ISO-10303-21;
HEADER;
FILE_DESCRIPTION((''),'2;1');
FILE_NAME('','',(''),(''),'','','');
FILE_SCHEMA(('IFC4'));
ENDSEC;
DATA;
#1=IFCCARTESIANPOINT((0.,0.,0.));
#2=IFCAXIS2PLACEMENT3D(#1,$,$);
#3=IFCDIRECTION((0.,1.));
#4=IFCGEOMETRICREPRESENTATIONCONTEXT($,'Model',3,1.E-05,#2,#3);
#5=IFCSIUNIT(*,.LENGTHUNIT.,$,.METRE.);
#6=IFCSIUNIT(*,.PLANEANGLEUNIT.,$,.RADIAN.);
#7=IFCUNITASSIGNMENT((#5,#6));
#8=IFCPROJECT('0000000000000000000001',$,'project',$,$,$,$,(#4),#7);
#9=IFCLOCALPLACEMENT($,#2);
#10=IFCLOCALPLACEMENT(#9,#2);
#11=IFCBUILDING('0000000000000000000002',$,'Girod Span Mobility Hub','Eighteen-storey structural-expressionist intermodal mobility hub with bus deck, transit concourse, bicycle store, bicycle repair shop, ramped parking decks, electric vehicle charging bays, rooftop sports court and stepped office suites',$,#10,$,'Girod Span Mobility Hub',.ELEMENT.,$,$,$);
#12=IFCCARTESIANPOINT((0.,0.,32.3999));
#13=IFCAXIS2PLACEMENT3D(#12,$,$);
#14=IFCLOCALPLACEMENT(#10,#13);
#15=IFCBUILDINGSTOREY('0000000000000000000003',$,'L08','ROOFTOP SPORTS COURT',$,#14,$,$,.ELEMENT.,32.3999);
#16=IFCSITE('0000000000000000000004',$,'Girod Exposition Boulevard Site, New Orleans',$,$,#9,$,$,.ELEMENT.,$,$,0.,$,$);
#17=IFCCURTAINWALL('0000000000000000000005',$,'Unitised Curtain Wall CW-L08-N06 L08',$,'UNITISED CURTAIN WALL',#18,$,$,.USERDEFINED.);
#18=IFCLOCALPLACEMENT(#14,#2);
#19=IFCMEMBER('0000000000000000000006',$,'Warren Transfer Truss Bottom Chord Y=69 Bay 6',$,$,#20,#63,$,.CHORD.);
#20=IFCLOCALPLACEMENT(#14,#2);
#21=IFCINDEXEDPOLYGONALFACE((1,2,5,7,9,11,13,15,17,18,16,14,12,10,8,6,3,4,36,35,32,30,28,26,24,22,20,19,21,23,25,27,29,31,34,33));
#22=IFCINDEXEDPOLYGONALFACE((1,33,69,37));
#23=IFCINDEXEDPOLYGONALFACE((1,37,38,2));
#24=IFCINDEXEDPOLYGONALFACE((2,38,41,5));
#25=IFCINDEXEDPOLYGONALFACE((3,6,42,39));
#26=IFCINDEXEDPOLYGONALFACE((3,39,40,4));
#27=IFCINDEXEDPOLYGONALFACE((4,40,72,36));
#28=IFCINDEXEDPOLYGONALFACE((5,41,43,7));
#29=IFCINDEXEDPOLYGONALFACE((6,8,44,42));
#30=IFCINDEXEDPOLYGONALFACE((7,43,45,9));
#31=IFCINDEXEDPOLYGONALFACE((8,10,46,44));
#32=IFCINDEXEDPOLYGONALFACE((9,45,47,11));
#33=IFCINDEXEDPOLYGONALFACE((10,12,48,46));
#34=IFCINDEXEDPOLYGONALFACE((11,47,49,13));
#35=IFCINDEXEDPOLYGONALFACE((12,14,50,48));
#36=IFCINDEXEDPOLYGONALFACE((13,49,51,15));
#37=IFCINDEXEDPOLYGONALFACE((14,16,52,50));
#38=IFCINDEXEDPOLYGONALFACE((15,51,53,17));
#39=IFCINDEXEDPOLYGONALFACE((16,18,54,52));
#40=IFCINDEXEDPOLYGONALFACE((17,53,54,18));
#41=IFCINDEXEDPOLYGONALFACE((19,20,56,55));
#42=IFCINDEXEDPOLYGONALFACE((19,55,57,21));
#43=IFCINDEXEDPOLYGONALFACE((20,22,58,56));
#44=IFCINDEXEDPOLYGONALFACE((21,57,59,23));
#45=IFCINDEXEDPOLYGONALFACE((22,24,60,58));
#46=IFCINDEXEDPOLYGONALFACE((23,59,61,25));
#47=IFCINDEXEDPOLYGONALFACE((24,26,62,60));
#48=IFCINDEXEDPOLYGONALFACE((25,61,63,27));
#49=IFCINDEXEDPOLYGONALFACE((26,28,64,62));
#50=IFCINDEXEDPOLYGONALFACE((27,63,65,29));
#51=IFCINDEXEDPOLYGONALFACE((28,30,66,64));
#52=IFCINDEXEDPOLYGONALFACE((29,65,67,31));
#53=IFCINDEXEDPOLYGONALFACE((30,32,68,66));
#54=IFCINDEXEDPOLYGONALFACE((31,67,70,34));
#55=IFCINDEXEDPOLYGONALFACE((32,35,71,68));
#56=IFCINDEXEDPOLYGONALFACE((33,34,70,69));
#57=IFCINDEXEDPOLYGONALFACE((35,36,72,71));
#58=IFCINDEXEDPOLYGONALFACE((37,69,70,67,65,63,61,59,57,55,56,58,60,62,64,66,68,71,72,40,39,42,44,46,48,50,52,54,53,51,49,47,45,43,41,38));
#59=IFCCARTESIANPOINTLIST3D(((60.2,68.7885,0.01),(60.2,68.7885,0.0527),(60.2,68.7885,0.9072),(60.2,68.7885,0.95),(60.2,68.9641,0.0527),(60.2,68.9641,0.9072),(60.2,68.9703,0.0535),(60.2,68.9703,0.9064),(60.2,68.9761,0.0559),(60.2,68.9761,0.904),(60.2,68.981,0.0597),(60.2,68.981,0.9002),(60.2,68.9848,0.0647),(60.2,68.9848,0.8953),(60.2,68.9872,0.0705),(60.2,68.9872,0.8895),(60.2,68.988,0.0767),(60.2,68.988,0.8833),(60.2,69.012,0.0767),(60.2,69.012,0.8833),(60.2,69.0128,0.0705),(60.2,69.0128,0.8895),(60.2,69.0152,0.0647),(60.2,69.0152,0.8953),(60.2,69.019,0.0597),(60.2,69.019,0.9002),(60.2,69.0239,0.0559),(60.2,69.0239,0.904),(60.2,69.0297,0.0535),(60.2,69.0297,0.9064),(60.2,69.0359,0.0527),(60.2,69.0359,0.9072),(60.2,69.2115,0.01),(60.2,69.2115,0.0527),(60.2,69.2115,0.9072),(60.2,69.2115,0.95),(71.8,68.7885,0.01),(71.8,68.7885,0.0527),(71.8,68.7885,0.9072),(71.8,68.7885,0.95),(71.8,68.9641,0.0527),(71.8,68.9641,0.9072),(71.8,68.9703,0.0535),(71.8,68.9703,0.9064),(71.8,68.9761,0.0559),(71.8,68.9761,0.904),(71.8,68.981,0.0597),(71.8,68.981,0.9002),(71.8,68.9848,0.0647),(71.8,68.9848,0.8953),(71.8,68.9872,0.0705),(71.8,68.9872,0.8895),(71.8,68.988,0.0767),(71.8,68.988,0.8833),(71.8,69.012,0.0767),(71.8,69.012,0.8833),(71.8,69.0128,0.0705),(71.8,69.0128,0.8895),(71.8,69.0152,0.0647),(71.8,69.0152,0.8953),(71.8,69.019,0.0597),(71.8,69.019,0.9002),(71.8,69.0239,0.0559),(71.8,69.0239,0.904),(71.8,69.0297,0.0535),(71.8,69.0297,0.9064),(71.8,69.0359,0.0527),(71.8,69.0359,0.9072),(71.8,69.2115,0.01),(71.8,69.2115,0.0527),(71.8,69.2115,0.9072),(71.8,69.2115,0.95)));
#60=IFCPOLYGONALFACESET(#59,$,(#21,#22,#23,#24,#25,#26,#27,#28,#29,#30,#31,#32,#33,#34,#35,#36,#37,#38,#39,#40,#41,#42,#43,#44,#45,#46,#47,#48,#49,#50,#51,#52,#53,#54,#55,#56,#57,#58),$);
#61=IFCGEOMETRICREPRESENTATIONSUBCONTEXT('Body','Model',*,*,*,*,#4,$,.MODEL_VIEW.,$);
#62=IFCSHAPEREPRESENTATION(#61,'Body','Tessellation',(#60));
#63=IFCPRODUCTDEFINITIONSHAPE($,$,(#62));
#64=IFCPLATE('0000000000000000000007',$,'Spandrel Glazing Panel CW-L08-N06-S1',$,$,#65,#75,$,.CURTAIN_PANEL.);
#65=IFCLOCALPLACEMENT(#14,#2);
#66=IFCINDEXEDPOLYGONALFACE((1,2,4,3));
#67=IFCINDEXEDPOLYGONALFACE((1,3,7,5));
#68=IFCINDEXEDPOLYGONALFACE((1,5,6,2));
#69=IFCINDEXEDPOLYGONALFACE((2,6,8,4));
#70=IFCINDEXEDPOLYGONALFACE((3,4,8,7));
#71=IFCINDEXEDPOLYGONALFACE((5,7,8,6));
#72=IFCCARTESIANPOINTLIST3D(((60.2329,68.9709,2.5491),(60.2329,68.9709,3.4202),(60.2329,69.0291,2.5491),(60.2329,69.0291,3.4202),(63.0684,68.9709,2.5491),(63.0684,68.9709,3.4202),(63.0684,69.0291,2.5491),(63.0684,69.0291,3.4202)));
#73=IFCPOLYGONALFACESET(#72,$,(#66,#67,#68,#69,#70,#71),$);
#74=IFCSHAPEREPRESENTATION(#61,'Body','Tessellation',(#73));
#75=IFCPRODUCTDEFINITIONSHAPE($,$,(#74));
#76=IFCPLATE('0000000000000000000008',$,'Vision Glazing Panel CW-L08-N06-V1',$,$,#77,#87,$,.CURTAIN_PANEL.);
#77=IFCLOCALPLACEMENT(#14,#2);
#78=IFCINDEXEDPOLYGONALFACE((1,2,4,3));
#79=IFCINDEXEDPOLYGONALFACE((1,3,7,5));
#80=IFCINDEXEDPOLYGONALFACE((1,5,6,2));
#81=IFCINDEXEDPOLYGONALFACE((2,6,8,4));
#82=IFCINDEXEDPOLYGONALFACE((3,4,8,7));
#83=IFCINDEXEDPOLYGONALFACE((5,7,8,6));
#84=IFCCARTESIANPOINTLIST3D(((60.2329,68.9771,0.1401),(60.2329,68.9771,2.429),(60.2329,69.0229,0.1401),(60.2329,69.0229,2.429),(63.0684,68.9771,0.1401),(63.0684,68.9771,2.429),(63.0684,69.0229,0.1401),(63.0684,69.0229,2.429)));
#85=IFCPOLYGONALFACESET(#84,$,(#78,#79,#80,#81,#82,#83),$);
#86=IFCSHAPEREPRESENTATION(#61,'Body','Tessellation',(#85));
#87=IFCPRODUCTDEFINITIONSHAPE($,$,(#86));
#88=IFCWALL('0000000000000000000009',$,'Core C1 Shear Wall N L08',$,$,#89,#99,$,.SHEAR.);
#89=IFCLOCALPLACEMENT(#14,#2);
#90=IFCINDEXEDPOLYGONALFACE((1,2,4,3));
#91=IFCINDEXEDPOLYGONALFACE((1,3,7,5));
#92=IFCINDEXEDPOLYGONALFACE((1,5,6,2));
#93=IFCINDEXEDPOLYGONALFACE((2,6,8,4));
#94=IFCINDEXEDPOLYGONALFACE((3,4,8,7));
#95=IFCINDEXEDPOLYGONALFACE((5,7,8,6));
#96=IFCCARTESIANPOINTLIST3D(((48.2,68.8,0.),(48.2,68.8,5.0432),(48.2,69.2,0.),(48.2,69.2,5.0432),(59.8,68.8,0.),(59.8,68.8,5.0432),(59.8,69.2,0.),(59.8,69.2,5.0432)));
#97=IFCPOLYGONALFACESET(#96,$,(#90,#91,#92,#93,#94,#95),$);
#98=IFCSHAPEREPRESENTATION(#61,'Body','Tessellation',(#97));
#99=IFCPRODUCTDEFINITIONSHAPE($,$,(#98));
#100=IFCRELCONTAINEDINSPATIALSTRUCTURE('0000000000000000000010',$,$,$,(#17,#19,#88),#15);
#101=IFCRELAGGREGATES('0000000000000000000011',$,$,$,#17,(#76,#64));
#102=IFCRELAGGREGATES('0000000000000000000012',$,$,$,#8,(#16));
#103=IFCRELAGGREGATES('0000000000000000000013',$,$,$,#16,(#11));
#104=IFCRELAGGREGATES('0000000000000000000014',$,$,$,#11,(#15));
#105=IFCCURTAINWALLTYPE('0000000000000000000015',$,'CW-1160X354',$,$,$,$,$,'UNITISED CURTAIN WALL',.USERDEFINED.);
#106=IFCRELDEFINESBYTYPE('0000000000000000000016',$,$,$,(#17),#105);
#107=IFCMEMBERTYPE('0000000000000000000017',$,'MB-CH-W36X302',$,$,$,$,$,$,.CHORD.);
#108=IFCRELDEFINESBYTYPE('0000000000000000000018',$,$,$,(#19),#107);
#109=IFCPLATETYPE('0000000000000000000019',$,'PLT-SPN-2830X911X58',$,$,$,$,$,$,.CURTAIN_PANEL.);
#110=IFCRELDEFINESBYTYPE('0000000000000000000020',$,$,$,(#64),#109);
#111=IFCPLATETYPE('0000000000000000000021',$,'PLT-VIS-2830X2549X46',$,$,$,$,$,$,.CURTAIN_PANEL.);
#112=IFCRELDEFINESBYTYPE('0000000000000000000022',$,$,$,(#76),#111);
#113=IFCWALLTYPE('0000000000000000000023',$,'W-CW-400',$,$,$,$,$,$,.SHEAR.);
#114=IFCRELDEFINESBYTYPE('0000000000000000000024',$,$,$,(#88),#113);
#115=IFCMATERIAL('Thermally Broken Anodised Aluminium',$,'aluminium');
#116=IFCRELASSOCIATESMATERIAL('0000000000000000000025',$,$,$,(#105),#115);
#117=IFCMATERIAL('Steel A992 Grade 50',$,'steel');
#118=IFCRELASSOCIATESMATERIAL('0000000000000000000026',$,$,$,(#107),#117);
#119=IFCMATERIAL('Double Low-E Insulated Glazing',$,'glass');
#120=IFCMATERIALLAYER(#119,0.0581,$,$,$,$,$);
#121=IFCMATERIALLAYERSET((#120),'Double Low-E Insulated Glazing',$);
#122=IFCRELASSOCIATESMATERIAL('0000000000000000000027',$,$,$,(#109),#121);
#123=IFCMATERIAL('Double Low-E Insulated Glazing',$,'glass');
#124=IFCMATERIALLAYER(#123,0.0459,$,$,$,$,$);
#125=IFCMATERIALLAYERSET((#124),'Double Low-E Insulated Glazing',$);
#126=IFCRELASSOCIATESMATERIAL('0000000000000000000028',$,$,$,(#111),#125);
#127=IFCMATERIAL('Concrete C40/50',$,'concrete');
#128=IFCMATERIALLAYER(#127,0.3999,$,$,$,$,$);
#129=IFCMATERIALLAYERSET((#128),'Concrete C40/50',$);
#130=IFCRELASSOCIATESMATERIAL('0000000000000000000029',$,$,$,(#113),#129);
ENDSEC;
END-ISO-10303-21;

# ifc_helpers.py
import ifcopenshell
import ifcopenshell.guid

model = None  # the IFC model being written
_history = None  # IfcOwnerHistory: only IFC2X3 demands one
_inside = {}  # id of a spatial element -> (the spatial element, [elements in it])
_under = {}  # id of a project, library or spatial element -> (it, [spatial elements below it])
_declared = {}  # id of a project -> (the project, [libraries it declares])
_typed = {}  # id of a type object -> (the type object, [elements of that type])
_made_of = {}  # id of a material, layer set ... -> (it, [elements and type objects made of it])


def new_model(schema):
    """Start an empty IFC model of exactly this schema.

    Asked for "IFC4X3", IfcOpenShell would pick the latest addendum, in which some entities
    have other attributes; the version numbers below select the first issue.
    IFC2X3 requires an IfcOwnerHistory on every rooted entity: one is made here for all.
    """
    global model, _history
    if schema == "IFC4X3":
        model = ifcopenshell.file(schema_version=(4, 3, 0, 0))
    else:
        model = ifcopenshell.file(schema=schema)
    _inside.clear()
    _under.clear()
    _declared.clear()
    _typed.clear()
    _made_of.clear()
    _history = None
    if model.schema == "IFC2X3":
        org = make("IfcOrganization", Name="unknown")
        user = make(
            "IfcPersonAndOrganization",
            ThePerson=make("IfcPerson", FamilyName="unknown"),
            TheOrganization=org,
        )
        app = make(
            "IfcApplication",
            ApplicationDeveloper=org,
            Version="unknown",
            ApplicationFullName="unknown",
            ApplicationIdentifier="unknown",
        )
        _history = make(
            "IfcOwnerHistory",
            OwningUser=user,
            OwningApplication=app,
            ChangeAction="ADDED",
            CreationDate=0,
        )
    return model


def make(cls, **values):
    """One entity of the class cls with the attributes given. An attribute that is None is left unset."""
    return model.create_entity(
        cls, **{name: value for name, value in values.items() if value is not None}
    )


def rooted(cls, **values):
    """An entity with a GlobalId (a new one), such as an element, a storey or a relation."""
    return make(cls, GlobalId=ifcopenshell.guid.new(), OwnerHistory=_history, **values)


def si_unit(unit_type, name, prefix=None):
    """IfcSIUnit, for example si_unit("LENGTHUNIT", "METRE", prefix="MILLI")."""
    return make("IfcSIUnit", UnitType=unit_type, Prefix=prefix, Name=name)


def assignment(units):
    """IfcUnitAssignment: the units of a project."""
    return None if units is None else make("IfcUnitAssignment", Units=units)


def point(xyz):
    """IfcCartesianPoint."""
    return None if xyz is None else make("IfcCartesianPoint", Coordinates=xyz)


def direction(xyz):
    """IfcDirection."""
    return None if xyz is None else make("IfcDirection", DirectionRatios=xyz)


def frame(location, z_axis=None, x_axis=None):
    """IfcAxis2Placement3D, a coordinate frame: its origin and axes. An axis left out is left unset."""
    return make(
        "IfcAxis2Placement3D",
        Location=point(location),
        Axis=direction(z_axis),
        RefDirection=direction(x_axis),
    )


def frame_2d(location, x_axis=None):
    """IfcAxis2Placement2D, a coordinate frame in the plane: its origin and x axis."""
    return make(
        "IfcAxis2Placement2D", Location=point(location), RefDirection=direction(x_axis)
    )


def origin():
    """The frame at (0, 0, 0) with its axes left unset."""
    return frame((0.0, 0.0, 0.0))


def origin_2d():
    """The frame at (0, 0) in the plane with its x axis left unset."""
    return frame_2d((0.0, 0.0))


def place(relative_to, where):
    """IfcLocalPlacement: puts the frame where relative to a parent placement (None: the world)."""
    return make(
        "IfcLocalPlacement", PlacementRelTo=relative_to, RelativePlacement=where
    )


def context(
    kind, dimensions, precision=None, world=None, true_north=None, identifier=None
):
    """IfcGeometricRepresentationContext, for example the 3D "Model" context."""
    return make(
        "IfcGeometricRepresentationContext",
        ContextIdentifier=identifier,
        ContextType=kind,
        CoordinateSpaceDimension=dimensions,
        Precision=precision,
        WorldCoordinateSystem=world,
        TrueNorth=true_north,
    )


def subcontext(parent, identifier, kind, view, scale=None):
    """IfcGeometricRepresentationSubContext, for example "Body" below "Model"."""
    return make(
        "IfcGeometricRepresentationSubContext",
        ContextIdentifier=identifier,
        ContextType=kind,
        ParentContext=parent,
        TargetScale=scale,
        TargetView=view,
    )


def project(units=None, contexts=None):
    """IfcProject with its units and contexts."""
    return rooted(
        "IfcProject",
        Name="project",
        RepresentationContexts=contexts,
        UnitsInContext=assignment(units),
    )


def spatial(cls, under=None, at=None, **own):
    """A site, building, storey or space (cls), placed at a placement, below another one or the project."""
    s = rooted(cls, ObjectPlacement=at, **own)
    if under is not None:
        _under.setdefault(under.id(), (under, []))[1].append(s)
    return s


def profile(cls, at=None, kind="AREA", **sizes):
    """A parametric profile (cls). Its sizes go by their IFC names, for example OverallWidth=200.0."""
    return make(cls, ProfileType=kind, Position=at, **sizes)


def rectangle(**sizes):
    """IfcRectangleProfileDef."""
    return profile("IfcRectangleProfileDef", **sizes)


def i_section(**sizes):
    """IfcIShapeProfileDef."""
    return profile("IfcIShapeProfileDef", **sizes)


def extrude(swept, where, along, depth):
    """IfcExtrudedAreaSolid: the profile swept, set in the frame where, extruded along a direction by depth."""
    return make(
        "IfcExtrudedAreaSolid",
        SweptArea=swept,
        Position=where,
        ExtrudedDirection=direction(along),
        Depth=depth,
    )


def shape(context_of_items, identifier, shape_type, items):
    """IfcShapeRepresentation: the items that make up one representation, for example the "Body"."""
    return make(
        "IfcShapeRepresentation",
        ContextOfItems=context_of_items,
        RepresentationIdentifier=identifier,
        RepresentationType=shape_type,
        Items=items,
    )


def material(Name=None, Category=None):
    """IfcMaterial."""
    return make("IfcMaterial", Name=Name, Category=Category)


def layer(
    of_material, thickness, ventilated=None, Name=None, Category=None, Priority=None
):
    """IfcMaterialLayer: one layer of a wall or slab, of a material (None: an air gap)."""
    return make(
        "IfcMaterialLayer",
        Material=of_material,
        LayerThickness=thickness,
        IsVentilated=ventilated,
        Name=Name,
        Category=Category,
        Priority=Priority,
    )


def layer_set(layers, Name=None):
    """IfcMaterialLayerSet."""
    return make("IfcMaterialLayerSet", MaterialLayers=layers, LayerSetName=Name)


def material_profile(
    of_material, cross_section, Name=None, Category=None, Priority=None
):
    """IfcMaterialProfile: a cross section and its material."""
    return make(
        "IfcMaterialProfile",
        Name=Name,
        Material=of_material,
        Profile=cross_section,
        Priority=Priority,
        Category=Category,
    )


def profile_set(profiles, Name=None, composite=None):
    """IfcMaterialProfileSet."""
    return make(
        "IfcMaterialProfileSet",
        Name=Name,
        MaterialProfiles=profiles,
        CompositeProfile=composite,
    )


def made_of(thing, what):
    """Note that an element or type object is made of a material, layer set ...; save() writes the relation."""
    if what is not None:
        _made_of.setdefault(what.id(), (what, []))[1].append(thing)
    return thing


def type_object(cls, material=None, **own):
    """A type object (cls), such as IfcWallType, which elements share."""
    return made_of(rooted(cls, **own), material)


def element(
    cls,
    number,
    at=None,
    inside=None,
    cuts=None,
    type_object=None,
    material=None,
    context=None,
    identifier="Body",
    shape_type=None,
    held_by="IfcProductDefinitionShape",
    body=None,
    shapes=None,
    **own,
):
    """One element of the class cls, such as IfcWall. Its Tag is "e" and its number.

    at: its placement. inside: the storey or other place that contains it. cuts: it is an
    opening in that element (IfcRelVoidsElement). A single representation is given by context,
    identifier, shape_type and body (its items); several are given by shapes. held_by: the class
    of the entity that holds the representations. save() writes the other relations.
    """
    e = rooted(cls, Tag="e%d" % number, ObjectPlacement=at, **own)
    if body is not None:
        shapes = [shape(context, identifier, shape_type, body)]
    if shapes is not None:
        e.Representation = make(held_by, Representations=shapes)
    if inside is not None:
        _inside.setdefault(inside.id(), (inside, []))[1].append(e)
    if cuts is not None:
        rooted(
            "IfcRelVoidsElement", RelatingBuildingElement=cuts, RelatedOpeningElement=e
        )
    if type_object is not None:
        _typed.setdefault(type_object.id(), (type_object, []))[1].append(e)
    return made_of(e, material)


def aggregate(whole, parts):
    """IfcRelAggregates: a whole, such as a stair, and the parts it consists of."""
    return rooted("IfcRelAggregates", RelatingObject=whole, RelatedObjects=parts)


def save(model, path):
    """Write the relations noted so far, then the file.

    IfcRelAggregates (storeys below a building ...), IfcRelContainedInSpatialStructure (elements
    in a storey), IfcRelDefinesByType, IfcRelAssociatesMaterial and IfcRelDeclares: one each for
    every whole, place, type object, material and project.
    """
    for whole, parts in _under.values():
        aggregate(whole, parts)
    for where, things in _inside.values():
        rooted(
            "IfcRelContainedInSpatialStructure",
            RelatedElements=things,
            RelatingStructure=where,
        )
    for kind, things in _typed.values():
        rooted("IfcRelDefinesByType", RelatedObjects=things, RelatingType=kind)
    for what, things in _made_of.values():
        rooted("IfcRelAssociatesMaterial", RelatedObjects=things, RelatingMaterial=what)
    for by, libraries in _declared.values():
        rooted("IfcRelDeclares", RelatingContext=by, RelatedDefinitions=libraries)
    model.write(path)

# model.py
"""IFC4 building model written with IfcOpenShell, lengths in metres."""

from ifc_helpers import new_model, si_unit, direction, frame, frame_2d, origin, origin_2d, place, context, subcontext, project, spatial, rectangle, i_section, extrude, material, layer, layer_set, material_profile, profile_set, type_object, element, aggregate, save


model = new_model("IFC4")

# Units and contexts
model_context = context("Model", 3, precision=1e-05, world=origin(), true_north=direction((0.0, 1.0)))
body_context = subcontext(model_context, "Body", "Model", "MODEL_VIEW")
ifc_project = project(units=[si_unit("LENGTHUNIT", "METRE"), si_unit("PLANEANGLEUNIT", "RADIAN")], contexts=[model_context])

# Site, building, storey
site_placement = place(None, origin())
site = spatial("IfcSite", under=ifc_project, at=site_placement, Name="Girod Exposition Boulevard Site, New Orleans", CompositionType="ELEMENT", RefElevation=0.0)
building_placement = place(site_placement, origin())
building = spatial("IfcBuilding", under=site, at=building_placement, Name="Girod Span Mobility Hub", Description="Eighteen-storey structural-expressionist intermodal mobility hub with bus deck, transit concourse, bicycle store, bicycle repair shop, ramped parking decks, electric vehicle charging bays, rooftop sports court and stepped office suites", LongName="Girod Span Mobility Hub", CompositionType="ELEMENT")
storey_placement = place(building_placement, frame((0.0, 0.0, 32.3999)))
storey = spatial("IfcBuildingStorey", under=building, at=storey_placement, Name="L08", Description="ROOFTOP SPORTS COURT", CompositionType="ELEMENT", Elevation=32.3999)

# Curtain wall
ifc_material_1 = material(Name="Thermally Broken Anodised Aluminium", Category="aluminium")
curtain_wall_type = type_object("IfcCurtainWallType", Name="CW-1160X354", ElementType="UNITISED CURTAIN WALL", PredefinedType="USERDEFINED", material=ifc_material_1)
curtain_wall_placement = place(storey_placement, origin())
curtain_wall = element("IfcCurtainWall", 1, at=curtain_wall_placement, inside=storey, type_object=curtain_wall_type, Name="Unitised Curtain Wall CW-L08-N06 L08", ObjectType="UNITISED CURTAIN WALL", PredefinedType="USERDEFINED")

# Member
ifc_material_2 = material(Name="Steel A992 Grade 50", Category="steel")
ifc_material_profile_1 = material_profile(ifc_material_2, i_section(OverallWidth=0.4231, OverallDepth=0.9399, WebThickness=0.0239, FlangeThickness=0.0427, FilletRadius=0.0239, at=origin_2d()), Name="W36X302")
ifc_profile_set_1 = profile_set([ifc_material_profile_1], Name="Steel A992 Grade 50")
member_type_1 = type_object("IfcMemberType", Name="MB-CH-W36X302", PredefinedType="CHORD", material=ifc_profile_set_1)
member_1_placement = place(storey_placement, frame((60.2, 69.0, 0.48), z_axis=(1.0, 0.0, 0.0), x_axis=(0.0, 1.0, 0.0)))
element("IfcMember", 2, at=member_1_placement, inside=storey, type_object=member_type_1, Name="Warren Transfer Truss Bottom Chord Y=69 Bay 6", PredefinedType="CHORD", context=body_context, shape_type="SweptSolid", body=[
    extrude(i_section(OverallWidth=0.4231, OverallDepth=0.9399, WebThickness=0.0239, FlangeThickness=0.0427, FilletRadius=0.0239, at=origin_2d()), origin(), (0.0, 0.0, 1.0), 11.6001),
])

# Plates
ifc_material_3 = material(Name="Double Low-E Insulated Glazing", Category="glass")
ifc_layer_1 = layer(ifc_material_3, 0.0581)
ifc_layer_set_1 = layer_set([ifc_layer_1], Name="Double Low-E Insulated Glazing")
plate_type_1 = type_object("IfcPlateType", Name="PLT-SPN-2830X911X58", PredefinedType="CURTAIN_PANEL", material=ifc_layer_set_1)
plate_1_placement = place(storey_placement, frame((61.6506, 69.0, 2.5491), z_axis=(0.0, 0.0, 1.0), x_axis=(1.0, 0.0, 0.0)))
plate_1 = element("IfcPlate", 3, at=plate_1_placement, type_object=plate_type_1, Name="Spandrel Glazing Panel CW-L08-N06-S1", PredefinedType="CURTAIN_PANEL", context=body_context, shape_type="SweptSolid", body=[
    extrude(rectangle(XDim=2.8354, YDim=0.0581, at=origin_2d()), origin(), (0.0, 0.0, 1.0), 0.8711),
])
ifc_material_4 = material(Name="Double Low-E Insulated Glazing", Category="glass")
ifc_layer_2 = layer(ifc_material_4, 0.0459)
ifc_layer_set_2 = layer_set([ifc_layer_2], Name="Double Low-E Insulated Glazing")
plate_type_2 = type_object("IfcPlateType", Name="PLT-VIS-2830X2549X46", PredefinedType="CURTAIN_PANEL", material=ifc_layer_set_2)
plate_2_placement = place(storey_placement, frame((61.6506, 69.0, 0.1401), z_axis=(0.0, 0.0, 1.0), x_axis=(1.0, 0.0, 0.0)))
plate_2 = element("IfcPlate", 4, at=plate_2_placement, type_object=plate_type_2, Name="Vision Glazing Panel CW-L08-N06-V1", PredefinedType="CURTAIN_PANEL", context=body_context, shape_type="SweptSolid", body=[
    extrude(rectangle(XDim=2.8354, YDim=0.0459, at=origin_2d()), origin(), (0.0, 0.0, 1.0), 2.2888),
])
aggregate(curtain_wall, [plate_2, plate_1])

# Wall
ifc_material_5 = material(Name="Concrete C40/50", Category="concrete")
ifc_layer_3 = layer(ifc_material_5, 0.3999)
ifc_layer_set_3 = layer_set([ifc_layer_3], Name="Concrete C40/50")
wall_type = type_object("IfcWallType", Name="W-CW-400", PredefinedType="SHEAR", material=ifc_layer_set_3)
wall_placement = place(storey_placement, frame((48.2, 69.0, 0.0), z_axis=(0.0, 0.0, 1.0), x_axis=(1.0, 0.0, 0.0)))
element("IfcWall", 5, at=wall_placement, inside=storey, type_object=wall_type, Name="Core C1 Shear Wall N L08", PredefinedType="SHEAR", context=body_context, shape_type="SweptSolid", body=[
    extrude(rectangle(XDim=11.6001, YDim=0.3999, at=frame_2d((5.8, 0.0))), origin(), (0.0, 0.0, 1.0), 5.0432),
])

save(model, "model.ifc")
